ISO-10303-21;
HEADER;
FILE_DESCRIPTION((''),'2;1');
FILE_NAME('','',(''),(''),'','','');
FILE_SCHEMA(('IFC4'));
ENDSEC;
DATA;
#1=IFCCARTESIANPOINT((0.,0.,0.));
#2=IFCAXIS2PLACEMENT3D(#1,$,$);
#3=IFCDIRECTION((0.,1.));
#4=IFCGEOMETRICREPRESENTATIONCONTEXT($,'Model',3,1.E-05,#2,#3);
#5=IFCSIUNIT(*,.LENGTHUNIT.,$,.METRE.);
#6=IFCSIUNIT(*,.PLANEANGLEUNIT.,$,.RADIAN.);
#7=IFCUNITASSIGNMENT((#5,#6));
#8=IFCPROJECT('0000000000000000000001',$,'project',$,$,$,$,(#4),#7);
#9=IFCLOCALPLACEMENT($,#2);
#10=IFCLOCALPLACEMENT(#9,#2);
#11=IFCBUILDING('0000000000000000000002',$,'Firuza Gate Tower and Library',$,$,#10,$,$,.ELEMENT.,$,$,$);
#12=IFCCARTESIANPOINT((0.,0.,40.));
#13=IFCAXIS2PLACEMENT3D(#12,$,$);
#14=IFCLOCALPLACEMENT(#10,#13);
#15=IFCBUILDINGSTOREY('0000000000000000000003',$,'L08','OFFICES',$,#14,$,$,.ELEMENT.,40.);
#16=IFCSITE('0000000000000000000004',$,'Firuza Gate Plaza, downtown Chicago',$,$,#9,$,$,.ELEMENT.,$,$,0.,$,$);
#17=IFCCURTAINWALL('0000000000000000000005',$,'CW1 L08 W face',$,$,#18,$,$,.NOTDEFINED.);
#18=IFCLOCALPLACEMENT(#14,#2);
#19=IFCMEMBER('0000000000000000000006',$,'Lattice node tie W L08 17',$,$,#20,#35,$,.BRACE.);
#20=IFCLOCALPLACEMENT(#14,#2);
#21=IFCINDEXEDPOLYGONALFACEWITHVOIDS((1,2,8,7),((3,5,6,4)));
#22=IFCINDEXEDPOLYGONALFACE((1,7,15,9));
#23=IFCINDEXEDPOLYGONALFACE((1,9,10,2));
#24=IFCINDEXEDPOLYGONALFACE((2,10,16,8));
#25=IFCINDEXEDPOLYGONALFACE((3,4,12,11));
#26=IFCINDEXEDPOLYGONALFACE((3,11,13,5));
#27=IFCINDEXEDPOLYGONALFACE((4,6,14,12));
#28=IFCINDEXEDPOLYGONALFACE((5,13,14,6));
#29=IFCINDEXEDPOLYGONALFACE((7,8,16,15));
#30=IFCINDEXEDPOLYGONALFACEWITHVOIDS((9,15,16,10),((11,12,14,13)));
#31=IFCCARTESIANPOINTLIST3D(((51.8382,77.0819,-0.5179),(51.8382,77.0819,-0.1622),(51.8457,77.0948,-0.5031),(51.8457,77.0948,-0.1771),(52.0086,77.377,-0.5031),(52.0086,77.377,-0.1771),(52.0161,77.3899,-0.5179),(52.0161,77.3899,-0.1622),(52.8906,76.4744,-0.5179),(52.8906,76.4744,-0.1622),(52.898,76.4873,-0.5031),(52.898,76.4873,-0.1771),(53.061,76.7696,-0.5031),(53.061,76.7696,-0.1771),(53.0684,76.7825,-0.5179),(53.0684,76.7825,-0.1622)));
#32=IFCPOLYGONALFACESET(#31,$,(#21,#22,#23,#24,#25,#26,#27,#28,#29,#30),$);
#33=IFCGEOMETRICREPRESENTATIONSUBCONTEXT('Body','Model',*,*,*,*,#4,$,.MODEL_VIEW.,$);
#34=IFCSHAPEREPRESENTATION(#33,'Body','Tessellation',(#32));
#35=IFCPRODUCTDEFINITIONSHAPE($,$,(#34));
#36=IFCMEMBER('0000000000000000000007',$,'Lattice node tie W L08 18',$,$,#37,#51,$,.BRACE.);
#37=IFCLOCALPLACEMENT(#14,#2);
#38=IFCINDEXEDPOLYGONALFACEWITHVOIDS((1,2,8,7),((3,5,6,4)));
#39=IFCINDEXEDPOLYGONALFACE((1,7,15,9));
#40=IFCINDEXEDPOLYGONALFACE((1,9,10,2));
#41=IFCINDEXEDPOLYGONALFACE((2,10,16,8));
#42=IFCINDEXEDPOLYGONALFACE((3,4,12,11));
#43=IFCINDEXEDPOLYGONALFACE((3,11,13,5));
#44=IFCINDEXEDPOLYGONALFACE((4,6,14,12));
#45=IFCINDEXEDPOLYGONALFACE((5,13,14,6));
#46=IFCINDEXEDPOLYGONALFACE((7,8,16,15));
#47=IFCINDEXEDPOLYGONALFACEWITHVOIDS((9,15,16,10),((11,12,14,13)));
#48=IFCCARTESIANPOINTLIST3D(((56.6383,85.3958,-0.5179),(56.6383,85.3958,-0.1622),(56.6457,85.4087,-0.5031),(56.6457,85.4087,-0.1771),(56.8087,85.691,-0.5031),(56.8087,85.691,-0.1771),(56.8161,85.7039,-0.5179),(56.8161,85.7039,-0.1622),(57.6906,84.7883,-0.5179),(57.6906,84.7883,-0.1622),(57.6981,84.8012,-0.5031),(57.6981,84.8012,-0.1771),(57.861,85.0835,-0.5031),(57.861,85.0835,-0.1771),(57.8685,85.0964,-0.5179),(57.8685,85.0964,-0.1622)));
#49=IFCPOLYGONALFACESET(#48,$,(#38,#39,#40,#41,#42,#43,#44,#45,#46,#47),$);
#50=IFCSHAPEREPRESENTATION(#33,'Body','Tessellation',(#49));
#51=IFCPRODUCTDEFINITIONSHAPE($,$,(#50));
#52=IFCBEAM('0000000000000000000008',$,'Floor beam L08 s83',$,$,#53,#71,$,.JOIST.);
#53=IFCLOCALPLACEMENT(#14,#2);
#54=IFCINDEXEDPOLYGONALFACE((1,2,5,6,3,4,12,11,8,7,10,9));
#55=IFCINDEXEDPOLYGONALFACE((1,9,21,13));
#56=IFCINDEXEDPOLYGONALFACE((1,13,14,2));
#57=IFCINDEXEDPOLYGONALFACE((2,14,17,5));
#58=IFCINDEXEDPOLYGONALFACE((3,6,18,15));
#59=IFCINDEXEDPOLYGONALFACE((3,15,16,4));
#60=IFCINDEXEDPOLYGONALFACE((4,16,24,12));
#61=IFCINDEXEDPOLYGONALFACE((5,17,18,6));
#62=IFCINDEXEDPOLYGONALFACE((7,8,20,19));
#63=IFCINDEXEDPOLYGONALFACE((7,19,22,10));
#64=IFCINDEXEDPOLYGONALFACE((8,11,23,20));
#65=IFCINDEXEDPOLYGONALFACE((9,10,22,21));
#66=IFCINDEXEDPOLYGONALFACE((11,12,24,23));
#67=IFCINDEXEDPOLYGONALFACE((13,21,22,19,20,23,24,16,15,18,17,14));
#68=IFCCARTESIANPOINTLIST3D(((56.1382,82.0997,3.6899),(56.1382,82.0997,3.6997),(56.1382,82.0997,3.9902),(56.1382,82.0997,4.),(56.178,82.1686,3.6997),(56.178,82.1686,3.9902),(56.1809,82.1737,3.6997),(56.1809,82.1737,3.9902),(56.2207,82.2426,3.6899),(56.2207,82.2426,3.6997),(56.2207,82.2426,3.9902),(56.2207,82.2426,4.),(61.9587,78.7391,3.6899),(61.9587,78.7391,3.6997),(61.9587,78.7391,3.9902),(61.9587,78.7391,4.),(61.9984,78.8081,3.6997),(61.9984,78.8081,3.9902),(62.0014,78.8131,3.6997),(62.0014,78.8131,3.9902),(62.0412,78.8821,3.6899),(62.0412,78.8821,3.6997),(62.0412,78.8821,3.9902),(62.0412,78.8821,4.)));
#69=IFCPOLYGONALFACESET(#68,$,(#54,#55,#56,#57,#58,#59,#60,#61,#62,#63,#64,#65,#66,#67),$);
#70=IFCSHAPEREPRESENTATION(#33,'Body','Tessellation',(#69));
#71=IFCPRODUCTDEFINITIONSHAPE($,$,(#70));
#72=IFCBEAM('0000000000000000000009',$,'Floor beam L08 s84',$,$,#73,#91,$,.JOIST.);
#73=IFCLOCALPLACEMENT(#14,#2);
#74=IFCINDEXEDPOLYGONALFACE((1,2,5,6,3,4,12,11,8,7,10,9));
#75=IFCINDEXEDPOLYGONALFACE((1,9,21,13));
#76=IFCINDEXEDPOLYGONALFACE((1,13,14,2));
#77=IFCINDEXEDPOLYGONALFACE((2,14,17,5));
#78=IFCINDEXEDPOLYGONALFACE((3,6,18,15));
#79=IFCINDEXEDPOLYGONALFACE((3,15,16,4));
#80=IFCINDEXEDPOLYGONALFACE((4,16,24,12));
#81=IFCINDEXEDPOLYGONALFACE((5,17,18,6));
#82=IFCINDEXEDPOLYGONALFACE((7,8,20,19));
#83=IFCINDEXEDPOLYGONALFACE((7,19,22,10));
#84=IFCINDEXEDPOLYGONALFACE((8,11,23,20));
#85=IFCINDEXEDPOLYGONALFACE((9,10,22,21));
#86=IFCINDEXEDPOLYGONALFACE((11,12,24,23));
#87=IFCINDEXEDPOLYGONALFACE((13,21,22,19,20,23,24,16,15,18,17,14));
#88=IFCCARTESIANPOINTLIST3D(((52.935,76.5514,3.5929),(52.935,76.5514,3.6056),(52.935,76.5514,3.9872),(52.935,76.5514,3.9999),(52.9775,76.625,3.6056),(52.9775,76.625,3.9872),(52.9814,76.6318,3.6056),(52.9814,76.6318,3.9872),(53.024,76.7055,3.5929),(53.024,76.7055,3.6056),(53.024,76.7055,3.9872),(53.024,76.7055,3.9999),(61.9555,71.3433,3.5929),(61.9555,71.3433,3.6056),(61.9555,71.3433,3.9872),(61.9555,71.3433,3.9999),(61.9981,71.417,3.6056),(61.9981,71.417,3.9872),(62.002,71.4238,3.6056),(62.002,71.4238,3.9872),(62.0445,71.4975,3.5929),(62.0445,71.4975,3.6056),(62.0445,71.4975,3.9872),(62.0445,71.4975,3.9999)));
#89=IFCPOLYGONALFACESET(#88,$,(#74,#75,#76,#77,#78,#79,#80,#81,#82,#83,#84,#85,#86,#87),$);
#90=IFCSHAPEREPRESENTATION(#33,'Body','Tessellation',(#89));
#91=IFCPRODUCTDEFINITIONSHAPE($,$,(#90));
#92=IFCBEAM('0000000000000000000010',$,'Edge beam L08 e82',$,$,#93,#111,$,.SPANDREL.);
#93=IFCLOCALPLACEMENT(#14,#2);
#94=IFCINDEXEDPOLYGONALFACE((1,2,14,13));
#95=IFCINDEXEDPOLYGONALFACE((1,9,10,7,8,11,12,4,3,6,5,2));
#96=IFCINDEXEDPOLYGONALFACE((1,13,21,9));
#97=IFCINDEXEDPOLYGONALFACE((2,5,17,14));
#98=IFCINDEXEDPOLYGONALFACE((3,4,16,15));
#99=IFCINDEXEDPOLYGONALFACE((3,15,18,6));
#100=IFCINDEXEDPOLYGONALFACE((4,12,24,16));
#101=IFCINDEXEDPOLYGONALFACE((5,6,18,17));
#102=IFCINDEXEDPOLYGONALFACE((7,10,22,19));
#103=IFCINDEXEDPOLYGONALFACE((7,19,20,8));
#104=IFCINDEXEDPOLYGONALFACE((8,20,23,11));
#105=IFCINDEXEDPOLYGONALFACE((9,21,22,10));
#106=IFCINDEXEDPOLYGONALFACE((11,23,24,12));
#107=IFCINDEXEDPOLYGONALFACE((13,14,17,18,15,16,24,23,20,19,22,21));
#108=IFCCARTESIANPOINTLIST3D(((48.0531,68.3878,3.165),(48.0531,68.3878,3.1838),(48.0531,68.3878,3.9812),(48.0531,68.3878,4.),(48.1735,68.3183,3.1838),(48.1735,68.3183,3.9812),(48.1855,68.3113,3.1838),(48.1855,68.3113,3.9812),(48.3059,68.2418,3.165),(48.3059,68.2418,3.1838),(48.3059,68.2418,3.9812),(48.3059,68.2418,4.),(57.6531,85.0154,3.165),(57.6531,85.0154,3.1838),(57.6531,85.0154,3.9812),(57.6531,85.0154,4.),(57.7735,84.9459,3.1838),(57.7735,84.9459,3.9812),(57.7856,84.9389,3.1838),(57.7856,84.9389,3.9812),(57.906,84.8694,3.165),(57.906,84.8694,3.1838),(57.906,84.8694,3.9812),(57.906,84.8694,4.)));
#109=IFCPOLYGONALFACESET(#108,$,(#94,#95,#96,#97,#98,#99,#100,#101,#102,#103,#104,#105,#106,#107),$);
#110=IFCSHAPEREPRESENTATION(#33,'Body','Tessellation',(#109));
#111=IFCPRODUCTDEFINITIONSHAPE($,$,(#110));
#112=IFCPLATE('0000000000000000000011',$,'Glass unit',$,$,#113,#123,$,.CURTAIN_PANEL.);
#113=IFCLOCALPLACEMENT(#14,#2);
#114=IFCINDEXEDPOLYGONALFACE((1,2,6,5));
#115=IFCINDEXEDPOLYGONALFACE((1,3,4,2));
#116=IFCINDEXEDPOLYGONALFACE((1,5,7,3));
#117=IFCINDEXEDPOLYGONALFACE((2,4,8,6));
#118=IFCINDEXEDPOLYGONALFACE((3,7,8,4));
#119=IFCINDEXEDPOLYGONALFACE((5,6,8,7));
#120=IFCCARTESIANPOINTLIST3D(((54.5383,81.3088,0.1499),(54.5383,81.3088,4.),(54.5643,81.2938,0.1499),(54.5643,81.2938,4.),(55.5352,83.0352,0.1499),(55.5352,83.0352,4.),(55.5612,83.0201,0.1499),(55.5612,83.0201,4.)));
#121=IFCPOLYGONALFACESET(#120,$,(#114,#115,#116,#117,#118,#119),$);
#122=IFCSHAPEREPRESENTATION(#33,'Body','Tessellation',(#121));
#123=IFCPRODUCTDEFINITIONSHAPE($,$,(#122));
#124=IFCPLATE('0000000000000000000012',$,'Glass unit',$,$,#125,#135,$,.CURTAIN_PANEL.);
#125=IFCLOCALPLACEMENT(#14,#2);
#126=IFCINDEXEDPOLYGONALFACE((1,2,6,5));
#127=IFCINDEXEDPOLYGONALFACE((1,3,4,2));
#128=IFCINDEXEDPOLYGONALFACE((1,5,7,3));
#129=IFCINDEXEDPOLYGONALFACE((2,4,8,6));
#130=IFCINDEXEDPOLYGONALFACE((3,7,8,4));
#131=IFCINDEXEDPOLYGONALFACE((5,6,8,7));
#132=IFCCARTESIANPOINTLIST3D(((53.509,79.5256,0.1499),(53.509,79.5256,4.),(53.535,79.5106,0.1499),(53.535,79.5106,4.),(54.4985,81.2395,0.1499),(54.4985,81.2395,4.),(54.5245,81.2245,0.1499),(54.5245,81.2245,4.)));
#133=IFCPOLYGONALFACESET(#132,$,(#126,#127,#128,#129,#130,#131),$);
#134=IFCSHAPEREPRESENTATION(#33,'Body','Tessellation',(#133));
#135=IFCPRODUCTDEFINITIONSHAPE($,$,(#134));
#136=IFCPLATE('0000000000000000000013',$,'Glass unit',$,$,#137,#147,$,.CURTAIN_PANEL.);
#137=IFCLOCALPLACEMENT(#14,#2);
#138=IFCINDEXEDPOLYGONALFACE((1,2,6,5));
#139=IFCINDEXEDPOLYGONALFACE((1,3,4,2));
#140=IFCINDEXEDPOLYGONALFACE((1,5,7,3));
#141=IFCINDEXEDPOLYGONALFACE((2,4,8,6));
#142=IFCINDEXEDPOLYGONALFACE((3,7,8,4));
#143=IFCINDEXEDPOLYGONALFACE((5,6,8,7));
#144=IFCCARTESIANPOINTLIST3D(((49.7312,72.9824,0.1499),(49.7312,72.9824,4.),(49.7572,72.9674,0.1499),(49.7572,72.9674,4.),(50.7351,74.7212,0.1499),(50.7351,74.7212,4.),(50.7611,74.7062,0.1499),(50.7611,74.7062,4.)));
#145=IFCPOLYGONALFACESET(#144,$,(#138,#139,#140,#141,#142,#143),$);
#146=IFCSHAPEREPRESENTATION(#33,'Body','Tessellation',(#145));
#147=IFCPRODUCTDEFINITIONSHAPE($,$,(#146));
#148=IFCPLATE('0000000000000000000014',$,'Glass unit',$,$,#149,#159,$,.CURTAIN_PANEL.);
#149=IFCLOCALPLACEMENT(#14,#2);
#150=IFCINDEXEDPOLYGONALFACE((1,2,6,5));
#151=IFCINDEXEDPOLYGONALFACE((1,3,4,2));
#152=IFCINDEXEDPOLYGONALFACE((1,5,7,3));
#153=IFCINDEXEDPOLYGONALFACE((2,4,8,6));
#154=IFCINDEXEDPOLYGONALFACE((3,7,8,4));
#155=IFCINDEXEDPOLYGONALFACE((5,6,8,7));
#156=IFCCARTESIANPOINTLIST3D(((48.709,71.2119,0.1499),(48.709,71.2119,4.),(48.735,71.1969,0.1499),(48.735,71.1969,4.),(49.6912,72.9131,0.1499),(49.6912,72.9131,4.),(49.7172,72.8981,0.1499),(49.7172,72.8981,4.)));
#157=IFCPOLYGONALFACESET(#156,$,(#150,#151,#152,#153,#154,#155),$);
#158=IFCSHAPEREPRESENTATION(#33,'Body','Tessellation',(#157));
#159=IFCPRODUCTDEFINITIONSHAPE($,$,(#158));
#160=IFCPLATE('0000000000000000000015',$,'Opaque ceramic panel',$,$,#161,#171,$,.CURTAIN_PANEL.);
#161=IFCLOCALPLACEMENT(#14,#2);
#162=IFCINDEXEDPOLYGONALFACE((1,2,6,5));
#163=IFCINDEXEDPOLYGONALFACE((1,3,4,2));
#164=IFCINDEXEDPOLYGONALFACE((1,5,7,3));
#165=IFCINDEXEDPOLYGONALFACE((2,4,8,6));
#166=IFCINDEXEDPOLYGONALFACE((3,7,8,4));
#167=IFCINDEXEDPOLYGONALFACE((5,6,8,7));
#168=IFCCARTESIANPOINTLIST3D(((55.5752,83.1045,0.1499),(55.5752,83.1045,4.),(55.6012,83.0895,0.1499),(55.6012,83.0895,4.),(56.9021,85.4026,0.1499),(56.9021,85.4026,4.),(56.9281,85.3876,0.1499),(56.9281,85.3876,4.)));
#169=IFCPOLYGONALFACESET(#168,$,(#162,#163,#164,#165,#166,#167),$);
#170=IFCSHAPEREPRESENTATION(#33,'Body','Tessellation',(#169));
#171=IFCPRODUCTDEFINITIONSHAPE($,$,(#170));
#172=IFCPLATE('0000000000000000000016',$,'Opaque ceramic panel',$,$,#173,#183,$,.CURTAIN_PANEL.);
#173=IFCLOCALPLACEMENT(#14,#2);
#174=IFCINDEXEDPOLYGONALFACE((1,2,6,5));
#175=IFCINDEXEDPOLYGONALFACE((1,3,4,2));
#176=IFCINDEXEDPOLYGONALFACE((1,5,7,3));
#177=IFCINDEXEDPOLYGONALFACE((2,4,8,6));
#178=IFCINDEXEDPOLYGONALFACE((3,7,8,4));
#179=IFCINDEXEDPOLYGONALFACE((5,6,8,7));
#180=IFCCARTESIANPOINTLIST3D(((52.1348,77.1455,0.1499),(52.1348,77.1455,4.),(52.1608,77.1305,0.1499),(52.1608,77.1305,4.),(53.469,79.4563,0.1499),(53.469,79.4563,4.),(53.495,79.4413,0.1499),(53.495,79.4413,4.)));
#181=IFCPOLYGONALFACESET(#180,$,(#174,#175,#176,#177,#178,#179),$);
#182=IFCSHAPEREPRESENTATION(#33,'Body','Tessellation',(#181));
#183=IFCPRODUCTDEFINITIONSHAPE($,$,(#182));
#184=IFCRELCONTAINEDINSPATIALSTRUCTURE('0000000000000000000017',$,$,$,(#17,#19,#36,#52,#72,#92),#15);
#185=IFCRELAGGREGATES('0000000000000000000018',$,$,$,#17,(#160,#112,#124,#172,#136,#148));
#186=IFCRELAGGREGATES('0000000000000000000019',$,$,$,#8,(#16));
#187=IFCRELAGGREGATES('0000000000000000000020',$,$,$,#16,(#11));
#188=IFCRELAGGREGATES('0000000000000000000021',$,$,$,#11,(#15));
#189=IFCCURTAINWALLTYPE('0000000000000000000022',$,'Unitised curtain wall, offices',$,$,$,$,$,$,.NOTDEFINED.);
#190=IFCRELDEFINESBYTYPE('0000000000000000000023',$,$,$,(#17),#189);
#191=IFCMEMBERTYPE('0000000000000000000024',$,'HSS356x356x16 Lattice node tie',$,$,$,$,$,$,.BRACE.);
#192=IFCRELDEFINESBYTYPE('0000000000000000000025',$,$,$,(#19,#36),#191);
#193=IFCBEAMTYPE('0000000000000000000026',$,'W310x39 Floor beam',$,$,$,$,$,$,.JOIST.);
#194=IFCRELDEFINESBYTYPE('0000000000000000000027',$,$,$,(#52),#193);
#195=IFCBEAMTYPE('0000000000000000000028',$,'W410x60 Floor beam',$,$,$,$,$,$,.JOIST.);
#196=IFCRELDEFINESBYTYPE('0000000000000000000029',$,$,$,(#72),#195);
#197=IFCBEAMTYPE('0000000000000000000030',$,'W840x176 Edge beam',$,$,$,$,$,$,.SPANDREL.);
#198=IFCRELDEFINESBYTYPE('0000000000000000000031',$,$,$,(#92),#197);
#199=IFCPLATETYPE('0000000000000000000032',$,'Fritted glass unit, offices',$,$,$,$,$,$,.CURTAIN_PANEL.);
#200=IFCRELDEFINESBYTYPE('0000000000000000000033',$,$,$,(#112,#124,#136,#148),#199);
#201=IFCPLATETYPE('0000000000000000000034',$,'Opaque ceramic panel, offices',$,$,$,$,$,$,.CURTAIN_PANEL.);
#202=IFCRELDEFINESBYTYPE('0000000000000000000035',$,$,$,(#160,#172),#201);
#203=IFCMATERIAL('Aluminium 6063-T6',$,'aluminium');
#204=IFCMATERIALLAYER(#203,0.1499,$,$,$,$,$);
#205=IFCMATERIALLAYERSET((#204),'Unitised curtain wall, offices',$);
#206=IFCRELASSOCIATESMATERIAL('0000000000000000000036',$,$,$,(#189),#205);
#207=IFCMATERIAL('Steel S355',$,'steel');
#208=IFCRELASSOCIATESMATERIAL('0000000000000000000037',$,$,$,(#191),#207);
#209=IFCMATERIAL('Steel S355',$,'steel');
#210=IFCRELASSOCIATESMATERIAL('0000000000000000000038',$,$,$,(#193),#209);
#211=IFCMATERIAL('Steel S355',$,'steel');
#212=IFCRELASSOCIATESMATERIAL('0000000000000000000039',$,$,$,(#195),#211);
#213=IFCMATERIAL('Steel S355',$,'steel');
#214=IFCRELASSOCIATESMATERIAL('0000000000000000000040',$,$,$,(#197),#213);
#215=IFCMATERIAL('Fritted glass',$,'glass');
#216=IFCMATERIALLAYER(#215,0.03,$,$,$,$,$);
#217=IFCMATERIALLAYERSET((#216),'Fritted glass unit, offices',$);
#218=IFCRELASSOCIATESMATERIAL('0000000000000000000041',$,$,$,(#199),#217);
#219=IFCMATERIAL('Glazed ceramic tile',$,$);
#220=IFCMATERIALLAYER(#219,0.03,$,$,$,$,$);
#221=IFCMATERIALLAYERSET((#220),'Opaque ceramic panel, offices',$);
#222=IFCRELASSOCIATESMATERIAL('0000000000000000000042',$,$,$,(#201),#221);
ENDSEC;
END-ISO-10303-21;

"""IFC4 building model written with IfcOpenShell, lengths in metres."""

from ifc_helpers import new_model, si_unit, direction, frame, origin, origin_2d, place, context, subcontext, project, spatial, polyline, hollow_rectangle, i_section, outline, extrude, material, layer, layer_set, material_profile, profile_set, type_object, element, aggregate, save


model = new_model("IFC4")

# Units and contexts
model_context = context("Model", 3, precision=1e-05, world=origin(), true_north=direction((0.0, 1.0)))
body_context = subcontext(model_context, "Body", "Model", "MODEL_VIEW")
ifc_project = project(units=[si_unit("LENGTHUNIT", "METRE"), si_unit("PLANEANGLEUNIT", "RADIAN")], contexts=[model_context])

# Site, building, storey
site_placement = place(None, origin())
site = spatial("IfcSite", under=ifc_project, at=site_placement, Name="Firuza Gate Plaza, downtown Chicago", CompositionType="ELEMENT", RefElevation=0.0)
building_placement = place(site_placement, origin())
building = spatial("IfcBuilding", under=site, at=building_placement, Name="Firuza Gate Tower and Library", CompositionType="ELEMENT")
storey_placement = place(building_placement, frame((0.0, 0.0, 40.0)))
storey = spatial("IfcBuildingStorey", under=building, at=storey_placement, Name="L08", Description="OFFICES", CompositionType="ELEMENT", Elevation=40.0)

# Curtain wall
ifc_material_1 = material(Name="Aluminium 6063-T6", Category="aluminium")
ifc_layer_1 = layer(ifc_material_1, 0.1499)
ifc_layer_set_1 = layer_set([ifc_layer_1], Name="Unitised curtain wall, offices")
curtain_wall_type = type_object("IfcCurtainWallType", Name="Unitised curtain wall, offices", PredefinedType="NOTDEFINED", material=ifc_layer_set_1)
curtain_wall_placement = place(storey_placement, origin())
curtain_wall = element("IfcCurtainWall", 1, at=curtain_wall_placement, inside=storey, type_object=curtain_wall_type, Name="CW1 L08 W face", PredefinedType="NOTDEFINED")

# Members
ifc_material_2 = material(Name="Steel S355", Category="steel")
ifc_material_profile_1 = material_profile(ifc_material_2, hollow_rectangle(XDim=0.3557, YDim=0.3557, WallThickness=0.0149, at=origin_2d()))
ifc_profile_set_1 = profile_set([ifc_material_profile_1], Name="Steel S355")
member_type_1 = type_object("IfcMemberType", Name="HSS356x356x16 Lattice node tie", PredefinedType="BRACE", material=ifc_profile_set_1)
for number, where, z_axis, x_axis, name in (
    (2, (52.9795, 76.6284, -0.3401), (-0.866058, 0.499943, 0.0), (-0.499943, -0.866058, 0.0), "Lattice node tie W L08 17"),
    (3, (57.7795, 84.9424, -0.3401), (-0.866058, 0.499943, 0.0), (-0.499943, -0.866058, 0.0), "Lattice node tie W L08 18"),
):
    element("IfcMember", number, at=place(storey_placement, frame(where, z_axis=z_axis, x_axis=x_axis)), inside=storey, type_object=member_type_1, Name=name, PredefinedType="BRACE", context=body_context, shape_type="SweptSolid", body=[
        extrude(hollow_rectangle(XDim=0.3557, YDim=0.3557, WallThickness=0.0149, at=origin_2d()), origin(), (0.0, 0.0, 1.0), 1.2151),
    ])

# Beams
ifc_material_3 = material(Name="Steel S355", Category="steel")
ifc_material_profile_2 = material_profile(ifc_material_3, i_section(OverallWidth=0.165, OverallDepth=0.3101, WebThickness=0.0059, FlangeThickness=0.0098, at=origin_2d()))
ifc_profile_set_2 = profile_set([ifc_material_profile_2], Name="Steel S355")
beam_type_1 = type_object("IfcBeamType", Name="W310x39 Floor beam", PredefinedType="JOIST", material=ifc_profile_set_2)
beam_1_placement = place(storey_placement, frame((56.1794, 82.1711, 3.845), z_axis=(0.866019, -0.500011, 0.0), x_axis=(0.500011, 0.866019, 0.0)))
element("IfcBeam", 4, at=beam_1_placement, inside=storey, type_object=beam_type_1, Name="Floor beam L08 s83", PredefinedType="JOIST", context=body_context, shape_type="SweptSolid", body=[
    extrude(i_section(OverallWidth=0.165, OverallDepth=0.3101, WebThickness=0.0059, FlangeThickness=0.0098, at=origin_2d()), origin(), (0.0, 0.0, 1.0), 6.7209),
])
ifc_material_4 = material(Name="Steel S355", Category="steel")
ifc_material_profile_3 = material_profile(ifc_material_4, i_section(OverallWidth=0.178, OverallDepth=0.407, WebThickness=0.0078, FlangeThickness=0.0127, at=origin_2d()))
ifc_profile_set_3 = profile_set([ifc_material_profile_3], Name="Steel S355")
beam_type_2 = type_object("IfcBeamType", Name="W410x60 Floor beam", PredefinedType="JOIST", material=ifc_profile_set_3)
beam_2_placement = place(storey_placement, frame((52.9795, 76.6284, 3.7964), z_axis=(0.866025, -0.500001, 0.0), x_axis=(0.500001, 0.866025, 0.0)))
element("IfcBeam", 5, at=beam_2_placement, inside=storey, type_object=beam_type_2, Name="Floor beam L08 s84", PredefinedType="JOIST", context=body_context, shape_type="SweptSolid", body=[
    extrude(i_section(OverallWidth=0.178, OverallDepth=0.407, WebThickness=0.0078, FlangeThickness=0.0127, at=origin_2d()), origin(), (0.0, 0.0, 1.0), 10.416),
])
ifc_material_5 = material(Name="Steel S355", Category="steel")
ifc_material_profile_4 = material_profile(ifc_material_5, i_section(OverallWidth=0.292, OverallDepth=0.835, WebThickness=0.0139, FlangeThickness=0.0188, at=origin_2d()))
ifc_profile_set_4 = profile_set([ifc_material_profile_4], Name="Steel S355")
beam_type_3 = type_object("IfcBeamType", Name="W840x176 Edge beam", PredefinedType="SPANDREL", material=ifc_profile_set_4)
beam_3_placement = place(storey_placement, frame((57.7795, 84.9424, 3.5825), z_axis=(-0.500004, -0.866023, 0.0), x_axis=(0.866023, -0.500004, 0.0)))
element("IfcBeam", 6, at=beam_3_placement, inside=storey, type_object=beam_type_3, Name="Edge beam L08 e82", PredefinedType="SPANDREL", context=body_context, shape_type="SweptSolid", body=[
    extrude(i_section(OverallWidth=0.292, OverallDepth=0.835, WebThickness=0.0139, FlangeThickness=0.0188, at=origin_2d()), origin(), (0.0, 0.0, 1.0), 19.2),
])

# Plates
ifc_material_6 = material(Name="Fritted glass", Category="glass")
ifc_layer_2 = layer(ifc_material_6, 0.03)
ifc_layer_set_2 = layer_set([ifc_layer_2], Name="Fritted glass unit, offices")
plate_type_1 = type_object("IfcPlateType", Name="Fritted glass unit, offices", PredefinedType="CURTAIN_PANEL", material=ifc_layer_set_2)
plate_1_placement = place(storey_placement, frame((55.5352, 83.0352, 0.1499), z_axis=(-0.865996, 0.500051, 0.0), x_axis=(-0.500051, -0.865996, 0.0)))
plate_1 = element("IfcPlate", 7, at=plate_1_placement, type_object=plate_type_1, Name="Glass unit", PredefinedType="CURTAIN_PANEL", context=body_context, shape_type="SweptSolid", body=[
    extrude(outline(polyline([(0.0, 0.0), (1.9934, 0.0), (1.9934, 3.8501), (0.0, 3.8501), (0.0, 0.0)])), origin(), (0.0, 0.0, -1.0), 0.03),
])
plate_2_placement = place(storey_placement, frame((54.4985, 81.2395, 0.1499), z_axis=(-0.866025, 0.5, 0.0), x_axis=(-0.5, -0.866025, 0.0)))
plate_2 = element("IfcPlate", 8, at=plate_2_placement, type_object=plate_type_1, Name="Glass unit", PredefinedType="CURTAIN_PANEL", context=body_context, shape_type="SweptSolid", body=[
    extrude(outline(polyline([(0.0, 0.0), (1.979, 0.0), (1.979, 3.8501), (0.0, 3.8501), (0.0, 0.0)])), origin(), (0.0, 0.0, -1.0), 0.03),
])
plate_3_placement = place(storey_placement, frame((50.7351, 74.7212, 0.1499), z_axis=(-0.86602, 0.50001, 0.0), x_axis=(-0.50001, -0.86602, 0.0)))
plate_3 = element("IfcPlate", 9, at=plate_3_placement, type_object=plate_type_1, Name="Glass unit", PredefinedType="CURTAIN_PANEL", context=body_context, shape_type="SweptSolid", body=[
    extrude(outline(polyline([(0.0, 0.0), (2.0078, 0.0), (2.0078, 3.8501), (0.0, 3.8501), (0.0, 0.0)])), origin(), (0.0, 0.0, -1.0), 0.03),
])
plate_4_placement = place(storey_placement, frame((49.6912, 72.9131, 0.1499), z_axis=(-0.866024, 0.500002, 0.0), x_axis=(-0.500002, -0.866024, 0.0)))
plate_4 = element("IfcPlate", 10, at=plate_4_placement, type_object=plate_type_1, Name="Glass unit", PredefinedType="CURTAIN_PANEL", context=body_context, shape_type="SweptSolid", body=[
    extrude(outline(polyline([(0.0, 0.0), (1.9643, 0.0), (1.9643, 3.8501), (0.0, 3.8501), (0.0, 0.0)])), origin(), (0.0, 0.0, -1.0), 0.03),
])
ifc_material_7 = material(Name="Glazed ceramic tile")
ifc_layer_3 = layer(ifc_material_7, 0.03)
ifc_layer_set_3 = layer_set([ifc_layer_3], Name="Opaque ceramic panel, offices")
plate_type_2 = type_object("IfcPlateType", Name="Opaque ceramic panel, offices", PredefinedType="CURTAIN_PANEL", material=ifc_layer_set_3)
plate_5_placement = place(storey_placement, frame((56.9021, 85.4026, 0.1499), z_axis=(-0.866009, 0.500028, 0.0), x_axis=(-0.500028, -0.866009, 0.0)))
plate_5 = element("IfcPlate", 11, at=plate_5_placement, type_object=plate_type_2, Name="Opaque ceramic panel", PredefinedType="CURTAIN_PANEL", context=body_context, shape_type="SweptSolid", body=[
    extrude(outline(polyline([(0.0, 0.0), (2.6537, 0.0), (2.6537, 3.8501), (0.0, 3.8501), (0.0, 0.0)])), origin(), (0.0, 0.0, -1.0), 0.03),
])
plate_6_placement = place(storey_placement, frame((53.469, 79.4563, 0.1499), z_axis=(-0.86601, 0.500026, 0.0), x_axis=(-0.500026, -0.86601, 0.0)))
plate_6 = element("IfcPlate", 12, at=plate_6_placement, type_object=plate_type_2, Name="Opaque ceramic panel", PredefinedType="CURTAIN_PANEL", context=body_context, shape_type="SweptSolid", body=[
    extrude(outline(polyline([(0.0, 0.0), (2.6683, 0.0), (2.6683, 3.8501), (0.0, 3.8501), (0.0, 0.0)])), origin(), (0.0, 0.0, -1.0), 0.03),
])
aggregate(curtain_wall, [plate_5, plate_1, plate_2, plate_6, plate_3, plate_4])

save(model, "model.ifc")
